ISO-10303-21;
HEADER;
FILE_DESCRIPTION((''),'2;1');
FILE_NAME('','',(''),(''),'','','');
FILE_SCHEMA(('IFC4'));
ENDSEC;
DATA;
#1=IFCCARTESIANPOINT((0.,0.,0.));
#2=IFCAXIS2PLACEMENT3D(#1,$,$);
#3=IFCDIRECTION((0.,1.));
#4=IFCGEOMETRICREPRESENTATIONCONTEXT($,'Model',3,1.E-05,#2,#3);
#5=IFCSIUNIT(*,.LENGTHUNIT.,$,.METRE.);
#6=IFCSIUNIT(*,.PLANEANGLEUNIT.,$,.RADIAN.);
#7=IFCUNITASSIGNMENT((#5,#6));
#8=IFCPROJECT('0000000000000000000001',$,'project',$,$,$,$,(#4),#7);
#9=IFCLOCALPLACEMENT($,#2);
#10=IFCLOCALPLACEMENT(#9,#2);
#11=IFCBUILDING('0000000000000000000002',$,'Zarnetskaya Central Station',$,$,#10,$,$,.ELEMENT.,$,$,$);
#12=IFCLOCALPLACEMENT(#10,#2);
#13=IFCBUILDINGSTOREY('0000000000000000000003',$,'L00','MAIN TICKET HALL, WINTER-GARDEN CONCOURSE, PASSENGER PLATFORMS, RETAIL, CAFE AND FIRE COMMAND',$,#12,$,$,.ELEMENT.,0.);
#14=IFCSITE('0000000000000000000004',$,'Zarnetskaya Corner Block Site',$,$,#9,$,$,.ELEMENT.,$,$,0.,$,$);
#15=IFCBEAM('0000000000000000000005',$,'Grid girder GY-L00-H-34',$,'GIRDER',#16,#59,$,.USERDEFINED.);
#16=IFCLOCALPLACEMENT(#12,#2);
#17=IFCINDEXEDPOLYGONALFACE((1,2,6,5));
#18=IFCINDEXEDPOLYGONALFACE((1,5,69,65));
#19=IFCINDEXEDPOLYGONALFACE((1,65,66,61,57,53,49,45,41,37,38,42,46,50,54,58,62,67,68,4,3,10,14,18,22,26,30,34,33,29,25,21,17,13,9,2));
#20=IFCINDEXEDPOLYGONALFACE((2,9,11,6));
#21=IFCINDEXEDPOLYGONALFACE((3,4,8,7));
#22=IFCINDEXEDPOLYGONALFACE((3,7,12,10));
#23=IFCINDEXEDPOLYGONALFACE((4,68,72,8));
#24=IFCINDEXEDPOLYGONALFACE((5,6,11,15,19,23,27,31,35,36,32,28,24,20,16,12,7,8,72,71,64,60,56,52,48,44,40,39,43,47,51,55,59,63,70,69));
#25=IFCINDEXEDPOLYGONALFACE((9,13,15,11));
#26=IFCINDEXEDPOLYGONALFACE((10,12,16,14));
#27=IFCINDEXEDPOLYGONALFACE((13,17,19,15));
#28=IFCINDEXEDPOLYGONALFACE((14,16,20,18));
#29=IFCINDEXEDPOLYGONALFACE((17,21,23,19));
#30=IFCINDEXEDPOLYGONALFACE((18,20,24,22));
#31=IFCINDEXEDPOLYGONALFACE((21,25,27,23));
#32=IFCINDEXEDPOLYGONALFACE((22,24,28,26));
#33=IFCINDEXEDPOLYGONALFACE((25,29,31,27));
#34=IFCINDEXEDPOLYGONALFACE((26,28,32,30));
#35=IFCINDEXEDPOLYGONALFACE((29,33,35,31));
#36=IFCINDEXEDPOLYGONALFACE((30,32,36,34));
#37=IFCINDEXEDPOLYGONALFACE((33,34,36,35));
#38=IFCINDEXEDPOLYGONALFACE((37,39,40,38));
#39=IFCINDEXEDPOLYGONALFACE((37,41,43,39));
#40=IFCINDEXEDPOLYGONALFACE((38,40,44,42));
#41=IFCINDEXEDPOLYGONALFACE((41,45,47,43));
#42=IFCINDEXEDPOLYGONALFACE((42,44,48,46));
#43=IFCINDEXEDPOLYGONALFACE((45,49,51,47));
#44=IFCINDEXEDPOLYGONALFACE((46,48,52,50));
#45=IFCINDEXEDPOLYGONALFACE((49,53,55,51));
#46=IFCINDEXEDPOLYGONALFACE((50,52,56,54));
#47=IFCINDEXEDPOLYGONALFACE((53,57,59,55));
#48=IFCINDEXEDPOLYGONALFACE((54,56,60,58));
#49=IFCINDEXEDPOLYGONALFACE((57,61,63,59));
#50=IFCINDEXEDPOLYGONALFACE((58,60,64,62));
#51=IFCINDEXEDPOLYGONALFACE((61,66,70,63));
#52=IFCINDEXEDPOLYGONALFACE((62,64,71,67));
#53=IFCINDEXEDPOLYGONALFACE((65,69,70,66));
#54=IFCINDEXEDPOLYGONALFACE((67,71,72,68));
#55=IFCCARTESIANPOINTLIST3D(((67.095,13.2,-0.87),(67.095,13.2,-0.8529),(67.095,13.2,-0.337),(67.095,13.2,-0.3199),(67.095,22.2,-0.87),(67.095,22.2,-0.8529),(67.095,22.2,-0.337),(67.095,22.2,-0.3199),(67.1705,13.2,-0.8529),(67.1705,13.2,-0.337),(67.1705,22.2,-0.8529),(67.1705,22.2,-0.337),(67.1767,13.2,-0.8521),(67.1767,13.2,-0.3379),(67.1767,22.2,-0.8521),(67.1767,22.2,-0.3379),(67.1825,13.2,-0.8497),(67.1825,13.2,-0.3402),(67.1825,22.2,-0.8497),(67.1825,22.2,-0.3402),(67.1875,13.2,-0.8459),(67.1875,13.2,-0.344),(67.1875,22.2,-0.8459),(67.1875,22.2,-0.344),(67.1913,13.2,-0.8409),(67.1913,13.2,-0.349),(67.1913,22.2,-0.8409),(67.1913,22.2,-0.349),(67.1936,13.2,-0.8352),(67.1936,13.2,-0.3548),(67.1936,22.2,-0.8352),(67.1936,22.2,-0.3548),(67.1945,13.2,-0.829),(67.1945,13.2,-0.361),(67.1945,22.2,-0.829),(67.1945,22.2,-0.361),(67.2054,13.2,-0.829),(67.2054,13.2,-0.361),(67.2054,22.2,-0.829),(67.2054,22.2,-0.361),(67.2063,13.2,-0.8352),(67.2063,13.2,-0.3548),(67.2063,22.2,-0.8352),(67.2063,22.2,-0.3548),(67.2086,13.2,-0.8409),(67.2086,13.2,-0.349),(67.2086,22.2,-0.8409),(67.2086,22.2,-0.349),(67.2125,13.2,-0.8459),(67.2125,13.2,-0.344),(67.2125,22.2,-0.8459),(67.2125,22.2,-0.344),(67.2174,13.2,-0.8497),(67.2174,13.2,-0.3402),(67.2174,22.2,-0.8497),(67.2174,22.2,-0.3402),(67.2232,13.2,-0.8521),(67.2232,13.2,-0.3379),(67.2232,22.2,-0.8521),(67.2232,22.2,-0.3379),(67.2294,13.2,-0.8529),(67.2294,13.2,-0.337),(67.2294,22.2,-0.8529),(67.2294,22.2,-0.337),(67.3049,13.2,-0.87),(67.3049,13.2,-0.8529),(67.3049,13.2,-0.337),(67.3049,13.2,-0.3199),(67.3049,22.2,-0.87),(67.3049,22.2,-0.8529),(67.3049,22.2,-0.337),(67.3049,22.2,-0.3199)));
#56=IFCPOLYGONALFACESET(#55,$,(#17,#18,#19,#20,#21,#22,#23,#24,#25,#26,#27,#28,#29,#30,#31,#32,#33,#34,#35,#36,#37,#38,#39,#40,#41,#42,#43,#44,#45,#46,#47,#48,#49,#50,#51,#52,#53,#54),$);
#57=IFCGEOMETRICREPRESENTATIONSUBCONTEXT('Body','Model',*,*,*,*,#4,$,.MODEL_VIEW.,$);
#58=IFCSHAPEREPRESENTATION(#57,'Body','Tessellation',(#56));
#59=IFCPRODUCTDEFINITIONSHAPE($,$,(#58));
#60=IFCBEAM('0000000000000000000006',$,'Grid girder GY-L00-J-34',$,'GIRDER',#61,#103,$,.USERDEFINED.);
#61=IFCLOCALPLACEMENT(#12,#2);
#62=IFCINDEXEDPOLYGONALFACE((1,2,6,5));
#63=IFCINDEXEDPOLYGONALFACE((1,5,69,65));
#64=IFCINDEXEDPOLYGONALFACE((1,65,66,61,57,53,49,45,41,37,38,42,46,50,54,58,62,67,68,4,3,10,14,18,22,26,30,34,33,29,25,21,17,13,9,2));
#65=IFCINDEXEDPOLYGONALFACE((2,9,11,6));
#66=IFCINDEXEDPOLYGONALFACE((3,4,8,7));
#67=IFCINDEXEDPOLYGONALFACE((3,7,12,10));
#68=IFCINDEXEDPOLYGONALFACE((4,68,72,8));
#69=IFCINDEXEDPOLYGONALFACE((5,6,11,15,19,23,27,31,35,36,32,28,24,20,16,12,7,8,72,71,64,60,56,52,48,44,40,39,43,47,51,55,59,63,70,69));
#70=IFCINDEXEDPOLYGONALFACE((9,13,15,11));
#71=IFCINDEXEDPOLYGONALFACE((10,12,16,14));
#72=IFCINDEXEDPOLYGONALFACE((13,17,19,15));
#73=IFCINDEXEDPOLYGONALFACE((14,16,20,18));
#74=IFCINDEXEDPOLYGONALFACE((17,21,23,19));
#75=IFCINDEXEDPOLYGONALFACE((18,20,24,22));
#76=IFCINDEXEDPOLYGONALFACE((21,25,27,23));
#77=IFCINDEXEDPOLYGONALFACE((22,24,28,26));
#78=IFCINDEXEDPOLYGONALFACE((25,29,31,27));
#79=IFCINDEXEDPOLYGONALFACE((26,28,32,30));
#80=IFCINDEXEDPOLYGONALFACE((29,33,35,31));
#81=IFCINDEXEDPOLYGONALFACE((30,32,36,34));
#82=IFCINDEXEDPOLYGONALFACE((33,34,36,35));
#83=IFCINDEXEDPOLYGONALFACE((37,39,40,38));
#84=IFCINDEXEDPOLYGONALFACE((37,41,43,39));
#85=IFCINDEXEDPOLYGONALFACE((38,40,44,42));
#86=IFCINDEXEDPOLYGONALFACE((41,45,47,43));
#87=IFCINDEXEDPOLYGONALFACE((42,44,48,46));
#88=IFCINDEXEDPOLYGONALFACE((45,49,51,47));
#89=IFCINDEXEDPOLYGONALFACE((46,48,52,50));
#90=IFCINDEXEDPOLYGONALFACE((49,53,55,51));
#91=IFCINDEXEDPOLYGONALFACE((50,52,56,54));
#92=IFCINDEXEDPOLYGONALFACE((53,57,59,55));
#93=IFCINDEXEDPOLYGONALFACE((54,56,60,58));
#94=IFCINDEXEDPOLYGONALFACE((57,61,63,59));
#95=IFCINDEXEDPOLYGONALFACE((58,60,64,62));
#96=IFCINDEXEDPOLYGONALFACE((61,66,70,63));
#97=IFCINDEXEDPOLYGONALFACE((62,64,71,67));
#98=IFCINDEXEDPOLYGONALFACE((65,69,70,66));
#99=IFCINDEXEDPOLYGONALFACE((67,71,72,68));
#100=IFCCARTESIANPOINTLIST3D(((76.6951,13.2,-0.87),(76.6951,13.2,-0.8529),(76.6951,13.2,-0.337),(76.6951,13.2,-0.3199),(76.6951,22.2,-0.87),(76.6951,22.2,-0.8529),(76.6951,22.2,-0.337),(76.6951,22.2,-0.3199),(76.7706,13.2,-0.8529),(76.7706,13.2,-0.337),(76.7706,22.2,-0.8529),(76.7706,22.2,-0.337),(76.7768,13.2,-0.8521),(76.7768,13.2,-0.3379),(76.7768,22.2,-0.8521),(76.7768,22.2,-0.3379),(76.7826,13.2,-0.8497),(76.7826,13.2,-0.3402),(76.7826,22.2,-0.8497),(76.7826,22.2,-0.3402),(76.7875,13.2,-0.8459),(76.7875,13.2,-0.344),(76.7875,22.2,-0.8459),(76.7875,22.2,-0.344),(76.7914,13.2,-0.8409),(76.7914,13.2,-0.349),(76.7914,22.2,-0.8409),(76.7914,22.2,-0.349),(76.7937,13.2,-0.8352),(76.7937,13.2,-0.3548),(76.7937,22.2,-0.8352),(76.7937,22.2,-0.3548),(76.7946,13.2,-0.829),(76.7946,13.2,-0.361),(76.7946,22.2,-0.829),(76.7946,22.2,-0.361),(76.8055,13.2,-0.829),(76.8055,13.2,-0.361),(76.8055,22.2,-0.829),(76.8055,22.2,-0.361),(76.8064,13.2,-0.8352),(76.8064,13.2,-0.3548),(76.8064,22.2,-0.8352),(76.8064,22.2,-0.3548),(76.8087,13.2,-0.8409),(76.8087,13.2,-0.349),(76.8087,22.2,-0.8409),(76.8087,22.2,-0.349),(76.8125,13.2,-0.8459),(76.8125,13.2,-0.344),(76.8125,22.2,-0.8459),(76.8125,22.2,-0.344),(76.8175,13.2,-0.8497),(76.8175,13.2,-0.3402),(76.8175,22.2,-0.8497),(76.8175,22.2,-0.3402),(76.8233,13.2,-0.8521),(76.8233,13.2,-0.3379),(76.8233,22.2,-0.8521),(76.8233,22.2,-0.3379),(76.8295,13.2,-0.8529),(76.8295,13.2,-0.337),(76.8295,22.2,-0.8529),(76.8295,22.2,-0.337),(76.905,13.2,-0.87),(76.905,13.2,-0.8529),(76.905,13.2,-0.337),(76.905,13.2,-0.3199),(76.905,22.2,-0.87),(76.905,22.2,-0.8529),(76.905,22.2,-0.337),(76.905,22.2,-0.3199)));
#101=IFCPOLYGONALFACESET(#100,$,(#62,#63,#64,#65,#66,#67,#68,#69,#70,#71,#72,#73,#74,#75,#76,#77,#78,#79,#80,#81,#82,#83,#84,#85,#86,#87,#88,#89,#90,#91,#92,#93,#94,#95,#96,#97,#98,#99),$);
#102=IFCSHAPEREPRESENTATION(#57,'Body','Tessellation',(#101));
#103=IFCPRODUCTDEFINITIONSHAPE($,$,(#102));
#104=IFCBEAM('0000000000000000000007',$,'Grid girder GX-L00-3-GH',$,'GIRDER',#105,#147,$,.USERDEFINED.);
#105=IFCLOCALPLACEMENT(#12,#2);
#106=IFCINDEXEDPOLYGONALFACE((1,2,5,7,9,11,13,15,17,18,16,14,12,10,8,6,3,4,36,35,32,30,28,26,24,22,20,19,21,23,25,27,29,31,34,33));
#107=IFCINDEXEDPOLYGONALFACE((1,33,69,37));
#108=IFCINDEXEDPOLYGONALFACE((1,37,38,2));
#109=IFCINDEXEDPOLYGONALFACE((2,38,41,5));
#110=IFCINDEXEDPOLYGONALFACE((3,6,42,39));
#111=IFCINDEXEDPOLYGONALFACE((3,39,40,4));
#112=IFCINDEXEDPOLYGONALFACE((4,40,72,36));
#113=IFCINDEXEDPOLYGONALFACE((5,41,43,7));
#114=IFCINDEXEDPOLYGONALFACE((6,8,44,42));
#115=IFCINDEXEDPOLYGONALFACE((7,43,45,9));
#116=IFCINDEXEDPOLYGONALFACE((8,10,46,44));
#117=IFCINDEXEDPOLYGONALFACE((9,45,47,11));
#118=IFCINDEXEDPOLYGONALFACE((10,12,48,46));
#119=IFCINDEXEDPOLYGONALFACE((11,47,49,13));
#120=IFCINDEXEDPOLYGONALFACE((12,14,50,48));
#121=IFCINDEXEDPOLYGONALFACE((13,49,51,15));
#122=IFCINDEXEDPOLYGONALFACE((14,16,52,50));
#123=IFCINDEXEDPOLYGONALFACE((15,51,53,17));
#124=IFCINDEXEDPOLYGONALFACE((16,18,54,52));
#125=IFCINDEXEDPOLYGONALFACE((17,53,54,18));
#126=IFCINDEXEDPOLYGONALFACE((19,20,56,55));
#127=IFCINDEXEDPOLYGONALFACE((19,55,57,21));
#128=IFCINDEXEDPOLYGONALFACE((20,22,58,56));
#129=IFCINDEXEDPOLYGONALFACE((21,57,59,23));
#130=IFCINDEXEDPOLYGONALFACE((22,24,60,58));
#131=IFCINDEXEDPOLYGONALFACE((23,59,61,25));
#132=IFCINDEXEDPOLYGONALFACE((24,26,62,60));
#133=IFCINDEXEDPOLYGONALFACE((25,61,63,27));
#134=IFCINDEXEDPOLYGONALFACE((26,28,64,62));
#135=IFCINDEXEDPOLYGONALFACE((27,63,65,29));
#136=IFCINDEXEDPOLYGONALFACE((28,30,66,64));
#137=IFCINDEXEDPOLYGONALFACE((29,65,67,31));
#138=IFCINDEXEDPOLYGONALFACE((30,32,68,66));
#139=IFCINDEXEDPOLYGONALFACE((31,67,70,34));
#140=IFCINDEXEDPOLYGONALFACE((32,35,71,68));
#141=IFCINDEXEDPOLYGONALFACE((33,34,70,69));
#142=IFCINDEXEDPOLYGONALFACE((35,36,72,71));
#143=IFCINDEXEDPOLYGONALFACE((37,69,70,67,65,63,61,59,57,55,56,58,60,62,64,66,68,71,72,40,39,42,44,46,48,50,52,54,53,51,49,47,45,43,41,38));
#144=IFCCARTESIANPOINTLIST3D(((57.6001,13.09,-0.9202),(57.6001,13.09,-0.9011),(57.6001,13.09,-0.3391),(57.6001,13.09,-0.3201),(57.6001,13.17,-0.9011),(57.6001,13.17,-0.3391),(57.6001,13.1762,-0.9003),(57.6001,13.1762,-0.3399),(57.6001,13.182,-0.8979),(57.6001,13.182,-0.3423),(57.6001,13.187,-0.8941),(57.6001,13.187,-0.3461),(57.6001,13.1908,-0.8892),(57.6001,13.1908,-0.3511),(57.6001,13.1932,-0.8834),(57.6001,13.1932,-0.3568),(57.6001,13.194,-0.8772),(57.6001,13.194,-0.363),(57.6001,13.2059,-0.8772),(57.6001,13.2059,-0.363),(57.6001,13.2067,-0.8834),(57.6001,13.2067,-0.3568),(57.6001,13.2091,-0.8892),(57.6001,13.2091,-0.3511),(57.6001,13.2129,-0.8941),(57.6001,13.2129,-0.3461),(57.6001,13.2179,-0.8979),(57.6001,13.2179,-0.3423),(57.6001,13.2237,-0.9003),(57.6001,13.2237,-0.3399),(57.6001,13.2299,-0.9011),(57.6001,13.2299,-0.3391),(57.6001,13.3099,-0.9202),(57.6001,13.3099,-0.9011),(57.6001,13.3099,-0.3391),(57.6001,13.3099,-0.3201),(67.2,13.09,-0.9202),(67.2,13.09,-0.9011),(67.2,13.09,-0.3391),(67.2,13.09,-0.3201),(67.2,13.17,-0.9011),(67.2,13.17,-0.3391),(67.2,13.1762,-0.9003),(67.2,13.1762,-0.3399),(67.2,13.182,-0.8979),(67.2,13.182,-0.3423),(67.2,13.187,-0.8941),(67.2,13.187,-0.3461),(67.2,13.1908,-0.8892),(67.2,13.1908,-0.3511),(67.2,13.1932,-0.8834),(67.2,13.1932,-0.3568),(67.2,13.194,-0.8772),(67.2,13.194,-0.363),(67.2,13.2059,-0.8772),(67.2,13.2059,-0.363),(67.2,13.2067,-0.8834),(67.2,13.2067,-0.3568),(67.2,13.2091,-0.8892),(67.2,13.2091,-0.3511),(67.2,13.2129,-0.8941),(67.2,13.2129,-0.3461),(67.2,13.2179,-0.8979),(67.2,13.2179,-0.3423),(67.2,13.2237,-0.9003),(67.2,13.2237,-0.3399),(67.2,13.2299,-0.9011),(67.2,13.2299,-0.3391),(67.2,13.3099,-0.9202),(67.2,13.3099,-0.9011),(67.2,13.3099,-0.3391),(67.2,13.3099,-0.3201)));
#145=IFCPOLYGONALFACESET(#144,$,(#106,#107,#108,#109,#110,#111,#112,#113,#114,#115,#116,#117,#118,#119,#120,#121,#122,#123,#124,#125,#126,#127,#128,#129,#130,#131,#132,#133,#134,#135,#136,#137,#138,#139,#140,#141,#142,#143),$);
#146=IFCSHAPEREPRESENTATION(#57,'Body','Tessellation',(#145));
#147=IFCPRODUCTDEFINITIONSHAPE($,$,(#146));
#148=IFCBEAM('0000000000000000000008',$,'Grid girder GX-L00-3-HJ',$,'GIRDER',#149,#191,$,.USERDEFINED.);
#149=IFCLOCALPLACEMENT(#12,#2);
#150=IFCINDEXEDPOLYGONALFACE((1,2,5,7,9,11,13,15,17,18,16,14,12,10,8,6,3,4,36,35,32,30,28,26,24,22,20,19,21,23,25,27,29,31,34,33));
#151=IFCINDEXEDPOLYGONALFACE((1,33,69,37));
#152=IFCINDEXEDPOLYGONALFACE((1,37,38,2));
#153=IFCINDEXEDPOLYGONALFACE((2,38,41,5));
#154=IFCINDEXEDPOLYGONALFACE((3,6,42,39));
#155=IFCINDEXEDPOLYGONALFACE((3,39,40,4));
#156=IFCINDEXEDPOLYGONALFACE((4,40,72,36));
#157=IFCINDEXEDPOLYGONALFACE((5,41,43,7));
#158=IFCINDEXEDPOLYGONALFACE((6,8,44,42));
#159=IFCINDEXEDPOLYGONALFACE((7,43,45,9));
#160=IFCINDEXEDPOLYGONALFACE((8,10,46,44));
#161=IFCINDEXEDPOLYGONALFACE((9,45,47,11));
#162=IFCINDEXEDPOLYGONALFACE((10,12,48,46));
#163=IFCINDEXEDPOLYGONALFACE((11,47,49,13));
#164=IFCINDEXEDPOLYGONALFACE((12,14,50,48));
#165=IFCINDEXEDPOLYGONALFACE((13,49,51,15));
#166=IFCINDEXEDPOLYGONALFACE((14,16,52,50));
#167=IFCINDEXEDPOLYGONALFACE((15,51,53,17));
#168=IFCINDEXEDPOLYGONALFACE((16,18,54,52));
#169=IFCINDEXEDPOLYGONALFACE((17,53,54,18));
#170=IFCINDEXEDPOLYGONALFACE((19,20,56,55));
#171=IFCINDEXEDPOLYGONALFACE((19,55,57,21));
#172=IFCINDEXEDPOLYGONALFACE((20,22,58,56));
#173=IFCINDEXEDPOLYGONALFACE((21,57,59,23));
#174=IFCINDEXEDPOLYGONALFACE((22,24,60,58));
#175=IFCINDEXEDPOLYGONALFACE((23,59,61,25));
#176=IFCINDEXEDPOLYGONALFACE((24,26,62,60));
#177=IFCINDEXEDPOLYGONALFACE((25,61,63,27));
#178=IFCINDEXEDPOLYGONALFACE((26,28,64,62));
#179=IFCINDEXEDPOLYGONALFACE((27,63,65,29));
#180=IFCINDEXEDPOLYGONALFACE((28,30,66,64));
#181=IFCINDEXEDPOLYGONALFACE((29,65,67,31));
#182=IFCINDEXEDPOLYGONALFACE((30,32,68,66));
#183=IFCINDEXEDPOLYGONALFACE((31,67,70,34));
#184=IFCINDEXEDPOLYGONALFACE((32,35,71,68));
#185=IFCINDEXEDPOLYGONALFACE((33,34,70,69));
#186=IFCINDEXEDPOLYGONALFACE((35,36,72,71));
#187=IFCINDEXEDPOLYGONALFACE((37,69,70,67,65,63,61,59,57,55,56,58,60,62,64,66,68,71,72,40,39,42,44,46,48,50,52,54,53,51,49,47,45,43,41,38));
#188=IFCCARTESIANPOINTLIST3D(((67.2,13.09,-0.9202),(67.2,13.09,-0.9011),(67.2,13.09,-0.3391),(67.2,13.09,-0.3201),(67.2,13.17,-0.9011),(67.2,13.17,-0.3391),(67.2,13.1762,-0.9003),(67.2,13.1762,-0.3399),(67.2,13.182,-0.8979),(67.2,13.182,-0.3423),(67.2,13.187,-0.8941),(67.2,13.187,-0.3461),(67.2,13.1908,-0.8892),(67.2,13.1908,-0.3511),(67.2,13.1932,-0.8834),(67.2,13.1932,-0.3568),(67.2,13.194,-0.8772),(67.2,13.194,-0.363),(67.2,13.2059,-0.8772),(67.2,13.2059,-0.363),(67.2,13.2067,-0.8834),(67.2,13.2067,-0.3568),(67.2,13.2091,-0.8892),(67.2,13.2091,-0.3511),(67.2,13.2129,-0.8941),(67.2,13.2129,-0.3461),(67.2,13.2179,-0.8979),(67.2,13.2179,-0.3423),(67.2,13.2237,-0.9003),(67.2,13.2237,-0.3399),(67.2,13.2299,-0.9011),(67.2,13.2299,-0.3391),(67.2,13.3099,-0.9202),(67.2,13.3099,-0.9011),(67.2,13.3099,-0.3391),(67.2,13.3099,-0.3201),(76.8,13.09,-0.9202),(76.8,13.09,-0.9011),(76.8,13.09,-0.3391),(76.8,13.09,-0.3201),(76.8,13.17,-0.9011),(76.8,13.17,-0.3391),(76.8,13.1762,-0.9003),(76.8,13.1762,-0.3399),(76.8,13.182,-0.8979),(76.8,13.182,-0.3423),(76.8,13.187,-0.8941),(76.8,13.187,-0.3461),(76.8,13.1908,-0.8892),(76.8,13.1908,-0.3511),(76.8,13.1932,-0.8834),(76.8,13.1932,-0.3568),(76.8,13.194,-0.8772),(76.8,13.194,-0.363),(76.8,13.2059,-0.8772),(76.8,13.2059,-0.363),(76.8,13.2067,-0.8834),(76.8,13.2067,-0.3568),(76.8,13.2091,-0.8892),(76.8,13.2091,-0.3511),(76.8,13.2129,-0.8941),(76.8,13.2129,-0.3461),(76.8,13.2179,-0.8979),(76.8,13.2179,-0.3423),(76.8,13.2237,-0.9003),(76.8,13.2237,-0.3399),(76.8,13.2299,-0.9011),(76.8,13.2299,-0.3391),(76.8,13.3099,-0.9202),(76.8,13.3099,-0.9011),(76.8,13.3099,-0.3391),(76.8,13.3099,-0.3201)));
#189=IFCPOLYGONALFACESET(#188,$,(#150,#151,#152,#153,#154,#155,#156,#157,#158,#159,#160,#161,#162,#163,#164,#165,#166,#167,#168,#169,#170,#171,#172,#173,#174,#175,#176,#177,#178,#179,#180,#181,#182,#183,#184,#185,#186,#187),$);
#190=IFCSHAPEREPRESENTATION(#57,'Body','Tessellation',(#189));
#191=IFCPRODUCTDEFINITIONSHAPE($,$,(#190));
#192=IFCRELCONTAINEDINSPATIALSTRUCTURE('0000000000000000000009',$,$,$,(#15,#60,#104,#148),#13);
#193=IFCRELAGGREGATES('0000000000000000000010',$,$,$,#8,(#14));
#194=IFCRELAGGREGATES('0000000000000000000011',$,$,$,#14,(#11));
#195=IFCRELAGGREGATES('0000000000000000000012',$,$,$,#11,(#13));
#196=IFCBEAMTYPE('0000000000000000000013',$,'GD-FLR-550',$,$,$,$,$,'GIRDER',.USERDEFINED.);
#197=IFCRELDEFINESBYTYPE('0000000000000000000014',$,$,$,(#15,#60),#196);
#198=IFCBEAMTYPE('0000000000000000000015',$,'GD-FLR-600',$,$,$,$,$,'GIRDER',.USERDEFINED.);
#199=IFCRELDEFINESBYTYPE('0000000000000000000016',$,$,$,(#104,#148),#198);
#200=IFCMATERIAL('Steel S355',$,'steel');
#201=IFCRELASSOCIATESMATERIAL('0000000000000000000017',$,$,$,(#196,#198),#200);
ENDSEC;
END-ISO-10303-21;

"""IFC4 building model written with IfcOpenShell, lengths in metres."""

from ifc_helpers import new_model, si_unit, direction, frame, origin, origin_2d, place, context, subcontext, project, spatial, i_section, extrude, material, material_profile, profile_set, type_object, element, save


model = new_model("IFC4")

# Units and contexts
model_context = context("Model", 3, precision=1e-05, world=origin(), true_north=direction((0.0, 1.0)))
body_context = subcontext(model_context, "Body", "Model", "MODEL_VIEW")
ifc_project = project(units=[si_unit("LENGTHUNIT", "METRE"), si_unit("PLANEANGLEUNIT", "RADIAN")], contexts=[model_context])

# Site, building, storey
site_placement = place(None, origin())
site = spatial("IfcSite", under=ifc_project, at=site_placement, Name="Zarnetskaya Corner Block Site", CompositionType="ELEMENT", RefElevation=0.0)
building_placement = place(site_placement, origin())
building = spatial("IfcBuilding", under=site, at=building_placement, Name="Zarnetskaya Central Station", CompositionType="ELEMENT")
storey_placement = place(building_placement, origin())
storey = spatial("IfcBuildingStorey", under=building, at=storey_placement, Name="L00", Description="MAIN TICKET HALL, WINTER-GARDEN CONCOURSE, PASSENGER PLATFORMS, RETAIL, CAFE AND FIRE COMMAND", CompositionType="ELEMENT", Elevation=0.0)

# Shared definitions
ifc_material_1 = material(Name="Steel S355", Category="steel")

# Beams
ifc_material_profile_1 = material_profile(ifc_material_1, i_section(OverallWidth=0.21, OverallDepth=0.55, WebThickness=0.011, FlangeThickness=0.0171, FilletRadius=0.0239, at=origin_2d()), Name="IPE 550")
ifc_profile_set_1 = profile_set([ifc_material_profile_1], Name="Steel S355")
beam_type_1 = type_object("IfcBeamType", Name="GD-FLR-550", ElementType="GIRDER", PredefinedType="USERDEFINED", material=ifc_profile_set_1)
for number, where, z_axis, x_axis, name in (
    (1, (67.2, 13.2, -0.595), (0.0, 1.0, 0.0), (-1.0, 0.0, 0.0), "Grid girder GY-L00-H-34"),
    (2, (76.8, 13.2, -0.595), (0.0, 1.0, 0.0), (-1.0, 0.0, 0.0), "Grid girder GY-L00-J-34"),
):
    element("IfcBeam", number, at=place(storey_placement, frame(where, z_axis=z_axis, x_axis=x_axis)), inside=storey, type_object=beam_type_1, Name=name, ObjectType="GIRDER", PredefinedType="USERDEFINED", context=body_context, shape_type="SweptSolid", body=[
        extrude(i_section(OverallWidth=0.21, OverallDepth=0.55, WebThickness=0.011, FlangeThickness=0.0171, FilletRadius=0.0239, at=origin_2d()), origin(), (0.0, 0.0, 1.0), 9.0),
    ])
ifc_material_profile_2 = material_profile(ifc_material_1, i_section(OverallWidth=0.22, OverallDepth=0.6001, WebThickness=0.012, FlangeThickness=0.019, FilletRadius=0.0239, at=origin_2d()), Name="IPE 600")
ifc_profile_set_2 = profile_set([ifc_material_profile_2], Name="Steel S355")
beam_type_2 = type_object("IfcBeamType", Name="GD-FLR-600", ElementType="GIRDER", PredefinedType="USERDEFINED", material=ifc_profile_set_2)
beam_1_placement = place(storey_placement, frame((57.6001, 13.2, -0.6201), z_axis=(1.0, 0.0, 0.0), x_axis=(0.0, 1.0, 0.0)))
element("IfcBeam", 3, at=beam_1_placement, inside=storey, type_object=beam_type_2, Name="Grid girder GX-L00-3-GH", ObjectType="GIRDER", PredefinedType="USERDEFINED", context=body_context, shape_type="SweptSolid", body=[
    extrude(i_section(OverallWidth=0.22, OverallDepth=0.6001, WebThickness=0.012, FlangeThickness=0.019, FilletRadius=0.0239, at=origin_2d()), origin(), (0.0, 0.0, 1.0), 9.5999),
])
beam_2_placement = place(storey_placement, frame((67.2, 13.2, -0.6201), z_axis=(1.0, 0.0, 0.0), x_axis=(0.0, 1.0, 0.0)))
element("IfcBeam", 4, at=beam_2_placement, inside=storey, type_object=beam_type_2, Name="Grid girder GX-L00-3-HJ", ObjectType="GIRDER", PredefinedType="USERDEFINED", context=body_context, shape_type="SweptSolid", body=[
    extrude(i_section(OverallWidth=0.22, OverallDepth=0.6001, WebThickness=0.012, FlangeThickness=0.019, FilletRadius=0.0239, at=origin_2d()), origin(), (0.0, 0.0, 1.0), 9.6001),
])

save(model, "model.ifc")
